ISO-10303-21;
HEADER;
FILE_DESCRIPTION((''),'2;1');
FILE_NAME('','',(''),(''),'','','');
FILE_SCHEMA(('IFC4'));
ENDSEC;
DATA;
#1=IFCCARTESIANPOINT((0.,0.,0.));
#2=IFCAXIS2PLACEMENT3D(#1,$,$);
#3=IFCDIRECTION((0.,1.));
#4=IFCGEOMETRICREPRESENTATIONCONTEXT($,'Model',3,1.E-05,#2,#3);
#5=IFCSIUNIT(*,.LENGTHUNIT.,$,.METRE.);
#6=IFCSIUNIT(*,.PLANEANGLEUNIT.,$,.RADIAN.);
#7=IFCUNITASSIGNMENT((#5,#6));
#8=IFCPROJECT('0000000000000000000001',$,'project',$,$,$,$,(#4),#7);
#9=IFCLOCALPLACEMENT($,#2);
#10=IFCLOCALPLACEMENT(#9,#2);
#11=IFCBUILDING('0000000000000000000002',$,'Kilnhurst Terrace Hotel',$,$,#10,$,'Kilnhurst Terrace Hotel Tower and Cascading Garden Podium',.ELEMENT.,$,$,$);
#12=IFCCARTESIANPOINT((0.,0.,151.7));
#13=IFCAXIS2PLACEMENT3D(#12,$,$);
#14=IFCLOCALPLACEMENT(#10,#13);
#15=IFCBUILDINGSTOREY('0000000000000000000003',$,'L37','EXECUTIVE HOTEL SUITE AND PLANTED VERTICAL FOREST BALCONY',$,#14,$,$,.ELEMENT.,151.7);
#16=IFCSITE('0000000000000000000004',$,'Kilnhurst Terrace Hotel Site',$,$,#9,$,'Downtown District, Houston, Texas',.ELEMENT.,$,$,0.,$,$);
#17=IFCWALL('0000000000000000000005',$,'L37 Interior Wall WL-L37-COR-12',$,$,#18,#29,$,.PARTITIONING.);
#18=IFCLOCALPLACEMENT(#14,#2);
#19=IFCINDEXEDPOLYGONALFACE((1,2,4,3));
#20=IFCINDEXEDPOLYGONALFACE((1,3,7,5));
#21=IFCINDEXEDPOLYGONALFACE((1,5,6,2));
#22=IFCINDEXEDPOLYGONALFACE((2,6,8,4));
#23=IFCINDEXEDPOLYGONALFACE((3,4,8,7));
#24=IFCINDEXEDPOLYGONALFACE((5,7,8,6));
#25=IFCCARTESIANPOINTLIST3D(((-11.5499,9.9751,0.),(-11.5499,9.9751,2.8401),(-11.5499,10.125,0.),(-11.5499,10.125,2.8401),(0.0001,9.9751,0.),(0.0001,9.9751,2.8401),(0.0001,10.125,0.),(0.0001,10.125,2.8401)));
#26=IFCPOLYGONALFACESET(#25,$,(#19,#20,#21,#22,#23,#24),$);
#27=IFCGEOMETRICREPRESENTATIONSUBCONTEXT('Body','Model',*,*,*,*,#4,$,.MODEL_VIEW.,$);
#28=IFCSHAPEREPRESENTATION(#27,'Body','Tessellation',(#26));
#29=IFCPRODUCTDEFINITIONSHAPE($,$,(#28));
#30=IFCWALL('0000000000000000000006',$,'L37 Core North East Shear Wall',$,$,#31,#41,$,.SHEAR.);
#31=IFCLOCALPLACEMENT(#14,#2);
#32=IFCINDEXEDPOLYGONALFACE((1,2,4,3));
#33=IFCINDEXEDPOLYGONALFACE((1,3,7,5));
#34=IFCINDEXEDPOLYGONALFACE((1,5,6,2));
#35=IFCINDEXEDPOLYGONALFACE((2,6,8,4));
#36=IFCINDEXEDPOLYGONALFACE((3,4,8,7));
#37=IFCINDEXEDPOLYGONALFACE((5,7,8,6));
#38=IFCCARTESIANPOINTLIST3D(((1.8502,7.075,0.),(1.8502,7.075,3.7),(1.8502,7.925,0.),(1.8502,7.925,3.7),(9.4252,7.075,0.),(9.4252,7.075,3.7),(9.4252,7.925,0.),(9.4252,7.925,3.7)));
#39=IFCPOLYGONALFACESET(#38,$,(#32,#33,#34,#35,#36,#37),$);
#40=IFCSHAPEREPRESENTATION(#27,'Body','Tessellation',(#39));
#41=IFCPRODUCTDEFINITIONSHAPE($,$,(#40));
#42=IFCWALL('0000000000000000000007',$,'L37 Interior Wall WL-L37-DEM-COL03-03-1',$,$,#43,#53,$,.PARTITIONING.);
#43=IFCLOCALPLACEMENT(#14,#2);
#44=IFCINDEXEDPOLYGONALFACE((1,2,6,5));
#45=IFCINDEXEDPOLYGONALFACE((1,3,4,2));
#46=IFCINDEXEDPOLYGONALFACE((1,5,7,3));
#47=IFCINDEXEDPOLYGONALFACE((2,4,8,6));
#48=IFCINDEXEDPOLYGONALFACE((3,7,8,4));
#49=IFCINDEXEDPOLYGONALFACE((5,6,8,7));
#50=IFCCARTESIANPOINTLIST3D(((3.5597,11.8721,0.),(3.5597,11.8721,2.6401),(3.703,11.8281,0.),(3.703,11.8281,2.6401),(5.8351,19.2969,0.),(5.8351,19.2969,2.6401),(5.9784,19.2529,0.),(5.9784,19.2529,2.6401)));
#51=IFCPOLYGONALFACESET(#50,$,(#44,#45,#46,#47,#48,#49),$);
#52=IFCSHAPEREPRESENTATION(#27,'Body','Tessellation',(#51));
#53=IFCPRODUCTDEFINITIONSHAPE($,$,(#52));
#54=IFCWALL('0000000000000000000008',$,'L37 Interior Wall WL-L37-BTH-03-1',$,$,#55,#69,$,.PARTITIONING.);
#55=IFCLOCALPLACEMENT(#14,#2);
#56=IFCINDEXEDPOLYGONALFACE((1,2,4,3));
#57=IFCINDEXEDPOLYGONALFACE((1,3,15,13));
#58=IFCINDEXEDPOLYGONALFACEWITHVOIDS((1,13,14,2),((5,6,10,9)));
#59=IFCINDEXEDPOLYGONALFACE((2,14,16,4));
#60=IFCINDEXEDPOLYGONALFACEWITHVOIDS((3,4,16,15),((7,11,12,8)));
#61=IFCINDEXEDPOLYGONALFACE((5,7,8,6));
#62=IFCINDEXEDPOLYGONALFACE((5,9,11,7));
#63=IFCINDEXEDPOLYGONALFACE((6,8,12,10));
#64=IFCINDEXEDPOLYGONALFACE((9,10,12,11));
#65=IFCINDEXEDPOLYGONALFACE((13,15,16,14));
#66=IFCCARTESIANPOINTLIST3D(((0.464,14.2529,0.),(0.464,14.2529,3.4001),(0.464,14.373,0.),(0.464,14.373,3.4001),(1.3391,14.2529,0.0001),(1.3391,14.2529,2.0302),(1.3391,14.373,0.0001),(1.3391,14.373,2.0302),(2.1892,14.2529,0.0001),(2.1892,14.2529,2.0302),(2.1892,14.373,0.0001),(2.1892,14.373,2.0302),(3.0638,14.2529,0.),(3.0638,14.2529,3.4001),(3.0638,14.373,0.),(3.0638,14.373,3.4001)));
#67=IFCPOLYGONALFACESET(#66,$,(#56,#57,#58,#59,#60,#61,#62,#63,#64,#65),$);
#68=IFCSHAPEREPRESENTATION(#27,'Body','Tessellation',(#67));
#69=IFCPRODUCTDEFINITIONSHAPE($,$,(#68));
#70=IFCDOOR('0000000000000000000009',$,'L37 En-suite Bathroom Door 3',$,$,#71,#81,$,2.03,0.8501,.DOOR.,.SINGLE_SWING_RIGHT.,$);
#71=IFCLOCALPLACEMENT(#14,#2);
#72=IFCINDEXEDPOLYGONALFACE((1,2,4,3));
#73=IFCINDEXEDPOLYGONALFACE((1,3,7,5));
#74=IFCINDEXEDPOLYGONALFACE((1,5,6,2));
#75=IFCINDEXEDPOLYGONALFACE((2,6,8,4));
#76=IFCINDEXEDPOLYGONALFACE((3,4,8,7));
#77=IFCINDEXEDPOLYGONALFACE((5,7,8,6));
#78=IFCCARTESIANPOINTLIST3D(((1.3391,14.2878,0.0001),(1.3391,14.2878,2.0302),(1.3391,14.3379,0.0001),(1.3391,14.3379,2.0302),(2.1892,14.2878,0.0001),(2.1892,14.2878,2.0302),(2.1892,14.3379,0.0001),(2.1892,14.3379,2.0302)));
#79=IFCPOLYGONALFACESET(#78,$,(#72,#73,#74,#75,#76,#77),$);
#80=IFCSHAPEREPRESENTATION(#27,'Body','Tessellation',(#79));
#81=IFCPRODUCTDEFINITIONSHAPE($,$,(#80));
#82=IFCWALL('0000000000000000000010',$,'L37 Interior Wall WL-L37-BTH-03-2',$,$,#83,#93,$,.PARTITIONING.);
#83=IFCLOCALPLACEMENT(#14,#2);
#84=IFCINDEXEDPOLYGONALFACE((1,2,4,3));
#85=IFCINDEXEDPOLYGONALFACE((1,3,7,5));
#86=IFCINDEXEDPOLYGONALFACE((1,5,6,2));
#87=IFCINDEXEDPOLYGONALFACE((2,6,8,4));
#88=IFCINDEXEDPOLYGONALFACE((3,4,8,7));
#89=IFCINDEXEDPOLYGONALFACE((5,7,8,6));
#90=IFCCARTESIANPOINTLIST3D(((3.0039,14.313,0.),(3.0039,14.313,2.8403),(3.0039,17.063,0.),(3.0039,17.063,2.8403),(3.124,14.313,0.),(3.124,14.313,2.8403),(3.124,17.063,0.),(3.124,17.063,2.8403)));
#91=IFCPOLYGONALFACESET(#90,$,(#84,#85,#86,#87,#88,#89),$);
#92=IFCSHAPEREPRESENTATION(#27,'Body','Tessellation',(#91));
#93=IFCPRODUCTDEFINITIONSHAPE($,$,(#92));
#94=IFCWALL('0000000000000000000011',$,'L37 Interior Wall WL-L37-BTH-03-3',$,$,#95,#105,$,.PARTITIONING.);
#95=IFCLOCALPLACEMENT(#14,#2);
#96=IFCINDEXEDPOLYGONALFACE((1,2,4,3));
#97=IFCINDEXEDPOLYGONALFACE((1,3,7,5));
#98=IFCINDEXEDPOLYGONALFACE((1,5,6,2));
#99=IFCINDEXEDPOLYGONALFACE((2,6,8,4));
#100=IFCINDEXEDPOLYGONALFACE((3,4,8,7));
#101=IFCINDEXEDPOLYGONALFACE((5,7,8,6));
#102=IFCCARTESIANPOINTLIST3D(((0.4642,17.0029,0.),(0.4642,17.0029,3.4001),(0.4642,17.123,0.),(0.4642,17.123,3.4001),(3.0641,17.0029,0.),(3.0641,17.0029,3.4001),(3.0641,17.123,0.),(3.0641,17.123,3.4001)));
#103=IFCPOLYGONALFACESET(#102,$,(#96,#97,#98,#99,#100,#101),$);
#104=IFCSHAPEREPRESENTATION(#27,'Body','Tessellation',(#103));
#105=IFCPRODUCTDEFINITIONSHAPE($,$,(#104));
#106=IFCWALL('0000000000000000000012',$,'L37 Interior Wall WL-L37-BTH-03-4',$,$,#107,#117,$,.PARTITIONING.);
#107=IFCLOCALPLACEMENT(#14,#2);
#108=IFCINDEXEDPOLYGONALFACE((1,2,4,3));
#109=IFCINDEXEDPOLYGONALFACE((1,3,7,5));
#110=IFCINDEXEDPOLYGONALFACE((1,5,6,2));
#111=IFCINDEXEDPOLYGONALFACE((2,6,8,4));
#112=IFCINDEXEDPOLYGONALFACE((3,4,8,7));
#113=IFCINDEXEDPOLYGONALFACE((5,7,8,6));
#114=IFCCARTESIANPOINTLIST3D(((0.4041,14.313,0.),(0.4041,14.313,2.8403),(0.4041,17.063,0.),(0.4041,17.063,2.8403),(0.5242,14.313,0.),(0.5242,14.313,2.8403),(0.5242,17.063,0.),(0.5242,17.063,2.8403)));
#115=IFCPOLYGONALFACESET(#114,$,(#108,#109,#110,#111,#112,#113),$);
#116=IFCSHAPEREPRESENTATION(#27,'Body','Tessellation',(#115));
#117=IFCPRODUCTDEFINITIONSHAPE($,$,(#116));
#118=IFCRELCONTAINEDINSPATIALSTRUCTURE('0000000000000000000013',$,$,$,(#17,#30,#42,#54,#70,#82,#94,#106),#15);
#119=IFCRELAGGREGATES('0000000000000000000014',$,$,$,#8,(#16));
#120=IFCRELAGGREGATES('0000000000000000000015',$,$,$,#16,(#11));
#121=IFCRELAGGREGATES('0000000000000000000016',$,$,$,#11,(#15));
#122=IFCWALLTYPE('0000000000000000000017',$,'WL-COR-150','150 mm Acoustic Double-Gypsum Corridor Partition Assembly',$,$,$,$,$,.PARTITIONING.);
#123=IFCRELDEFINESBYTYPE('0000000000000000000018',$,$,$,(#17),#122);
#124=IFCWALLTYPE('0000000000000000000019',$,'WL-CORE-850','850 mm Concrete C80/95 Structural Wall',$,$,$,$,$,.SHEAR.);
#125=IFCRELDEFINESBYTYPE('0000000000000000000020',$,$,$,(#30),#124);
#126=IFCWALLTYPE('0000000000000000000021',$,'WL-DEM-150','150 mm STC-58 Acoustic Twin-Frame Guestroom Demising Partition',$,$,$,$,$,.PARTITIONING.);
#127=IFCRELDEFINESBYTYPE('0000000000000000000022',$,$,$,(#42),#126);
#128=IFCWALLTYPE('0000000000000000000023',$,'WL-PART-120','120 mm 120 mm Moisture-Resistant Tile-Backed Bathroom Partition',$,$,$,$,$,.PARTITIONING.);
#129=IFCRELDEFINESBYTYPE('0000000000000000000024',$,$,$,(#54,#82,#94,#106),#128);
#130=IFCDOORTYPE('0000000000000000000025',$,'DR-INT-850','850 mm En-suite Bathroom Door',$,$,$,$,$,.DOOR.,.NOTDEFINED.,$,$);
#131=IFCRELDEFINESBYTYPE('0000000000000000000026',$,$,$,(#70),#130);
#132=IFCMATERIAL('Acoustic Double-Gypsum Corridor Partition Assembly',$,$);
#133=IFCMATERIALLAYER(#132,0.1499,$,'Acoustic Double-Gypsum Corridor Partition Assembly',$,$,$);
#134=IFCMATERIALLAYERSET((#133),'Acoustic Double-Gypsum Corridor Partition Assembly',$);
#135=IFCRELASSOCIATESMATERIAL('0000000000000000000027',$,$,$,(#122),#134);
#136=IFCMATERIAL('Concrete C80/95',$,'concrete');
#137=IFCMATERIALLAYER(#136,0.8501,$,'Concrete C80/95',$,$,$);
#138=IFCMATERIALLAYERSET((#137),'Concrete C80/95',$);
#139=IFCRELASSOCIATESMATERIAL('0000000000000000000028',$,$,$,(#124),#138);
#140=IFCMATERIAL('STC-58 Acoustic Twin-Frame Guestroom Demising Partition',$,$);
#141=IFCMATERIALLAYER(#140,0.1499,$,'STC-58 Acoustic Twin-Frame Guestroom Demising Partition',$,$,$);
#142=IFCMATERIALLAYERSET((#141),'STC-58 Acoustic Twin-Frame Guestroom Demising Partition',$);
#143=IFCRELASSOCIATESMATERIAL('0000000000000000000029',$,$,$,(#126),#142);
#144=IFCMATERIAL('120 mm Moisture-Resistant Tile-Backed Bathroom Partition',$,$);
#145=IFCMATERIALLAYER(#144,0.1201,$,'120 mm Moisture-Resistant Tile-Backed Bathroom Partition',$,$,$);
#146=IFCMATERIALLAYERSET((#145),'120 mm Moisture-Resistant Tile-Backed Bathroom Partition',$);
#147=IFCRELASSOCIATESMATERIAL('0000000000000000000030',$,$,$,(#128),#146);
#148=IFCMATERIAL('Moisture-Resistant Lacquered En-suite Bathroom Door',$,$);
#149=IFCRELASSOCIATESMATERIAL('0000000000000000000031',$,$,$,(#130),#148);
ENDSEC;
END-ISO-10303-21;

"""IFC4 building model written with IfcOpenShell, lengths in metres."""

from ifc_helpers import new_model, si_unit, direction, frame, frame_2d, origin, place, context, subcontext, project, spatial, rectangle, extrude, material, layer, layer_set, type_object, element, fill, save


model = new_model("IFC4")

# Units and contexts
model_context = context("Model", 3, precision=1e-05, world=origin(), true_north=direction((0.0, 1.0)))
body_context = subcontext(model_context, "Body", "Model", "MODEL_VIEW")
ifc_project = project(units=[si_unit("LENGTHUNIT", "METRE"), si_unit("PLANEANGLEUNIT", "RADIAN")], contexts=[model_context])

# Site, building, storey
site_placement = place(None, origin())
site = spatial("IfcSite", under=ifc_project, at=site_placement, Name="Kilnhurst Terrace Hotel Site", LongName="Downtown District, Houston, Texas", CompositionType="ELEMENT", RefElevation=0.0)
building_placement = place(site_placement, origin())
building = spatial("IfcBuilding", under=site, at=building_placement, Name="Kilnhurst Terrace Hotel", LongName="Kilnhurst Terrace Hotel Tower and Cascading Garden Podium", CompositionType="ELEMENT")
storey_placement = place(building_placement, frame((0.0, 0.0, 151.7)))
storey = spatial("IfcBuildingStorey", under=building, at=storey_placement, Name="L37", Description="EXECUTIVE HOTEL SUITE AND PLANTED VERTICAL FOREST BALCONY", CompositionType="ELEMENT", Elevation=151.7)

# Shared definitions
ifc_material_1 = material(Name="Concrete C80/95", Category="concrete")

# Shared definitions
ifc_material_2 = material(Name="Acoustic Double-Gypsum Corridor Partition Assembly")
ifc_layer_1 = layer(ifc_material_2, 0.1499, Name="Acoustic Double-Gypsum Corridor Partition Assembly")
ifc_layer_set_1 = layer_set([ifc_layer_1], Name="Acoustic Double-Gypsum Corridor Partition Assembly")
wall_type_1 = type_object("IfcWallType", Name="WL-COR-150", Description="150 mm Acoustic Double-Gypsum Corridor Partition Assembly", PredefinedType="PARTITIONING", material=ifc_layer_set_1)

# Walls
wall_1_placement = place(storey_placement, frame((0.0, 10.05, 0.0), z_axis=(0.0, 0.0, 1.0), x_axis=(-1.0, 0.0, 0.0)))
element("IfcWall", 1, at=wall_1_placement, inside=storey, type_object=wall_type_1, Name="L37 Interior Wall WL-L37-COR-12", PredefinedType="PARTITIONING", context=body_context, shape_type="SweptSolid", body=[
    extrude(rectangle(XDim=11.55, YDim=0.1499, at=frame_2d((5.7749, 0.0))), origin(), (0.0, 0.0, 1.0), 2.8401),
])
ifc_layer_2 = layer(ifc_material_1, 0.8501, Name="Concrete C80/95")
ifc_layer_set_2 = layer_set([ifc_layer_2], Name="Concrete C80/95")
wall_type_2 = type_object("IfcWallType", Name="WL-CORE-850", Description="850 mm Concrete C80/95 Structural Wall", PredefinedType="SHEAR", material=ifc_layer_set_2)
wall_2_placement = place(storey_placement, frame((1.8501, 7.5, 0.0), z_axis=(0.0, 0.0, 1.0), x_axis=(1.0, 0.0, 0.0)))
element("IfcWall", 2, at=wall_2_placement, inside=storey, type_object=wall_type_2, Name="L37 Core North East Shear Wall", PredefinedType="SHEAR", context=body_context, shape_type="SweptSolid", body=[
    extrude(rectangle(XDim=7.575, YDim=0.8501, at=frame_2d((3.7876, 0.0))), origin(), (0.0, 0.0, 1.0), 3.7),
])
ifc_material_3 = material(Name="STC-58 Acoustic Twin-Frame Guestroom Demising Partition")
ifc_layer_3 = layer(ifc_material_3, 0.1499, Name="STC-58 Acoustic Twin-Frame Guestroom Demising Partition")
ifc_layer_set_3 = layer_set([ifc_layer_3], Name="STC-58 Acoustic Twin-Frame Guestroom Demising Partition")
wall_type_3 = type_object("IfcWallType", Name="WL-DEM-150", Description="150 mm STC-58 Acoustic Twin-Frame Guestroom Demising Partition", PredefinedType="PARTITIONING", material=ifc_layer_set_3)
wall_3_placement = place(storey_placement, frame((3.6313, 11.8501, 0.0), z_axis=(0.0, 0.0, 1.0), x_axis=(0.293008, 0.95611, 0.0)))
element("IfcWall", 3, at=wall_3_placement, inside=storey, type_object=wall_type_3, Name="L37 Interior Wall WL-L37-DEM-COL03-03-1", PredefinedType="PARTITIONING", context=body_context, shape_type="SweptSolid", body=[
    extrude(rectangle(XDim=7.7656, YDim=0.1499, at=frame_2d((3.8828, 0.0))), origin(), (0.0, 0.0, 1.0), 2.6401),
])

# Wall, opening, door
ifc_material_4 = material(Name="120 mm Moisture-Resistant Tile-Backed Bathroom Partition")
ifc_layer_4 = layer(ifc_material_4, 0.1201, Name="120 mm Moisture-Resistant Tile-Backed Bathroom Partition")
ifc_layer_set_4 = layer_set([ifc_layer_4], Name="120 mm Moisture-Resistant Tile-Backed Bathroom Partition")
wall_type_4 = type_object("IfcWallType", Name="WL-PART-120", Description="120 mm 120 mm Moisture-Resistant Tile-Backed Bathroom Partition", PredefinedType="PARTITIONING", material=ifc_layer_set_4)
wall_4_placement = place(storey_placement, frame((0.4641, 14.313, 0.0), z_axis=(0.0, 0.0, 1.0), x_axis=(1.0, 0.0, 0.0)))
wall_4 = element("IfcWall", 4, at=wall_4_placement, inside=storey, type_object=wall_type_4, Name="L37 Interior Wall WL-L37-BTH-03-1", PredefinedType="PARTITIONING", context=body_context, shape_type="SweptSolid", body=[
    extrude(rectangle(XDim=2.5999, YDim=0.1201, at=frame_2d((1.2998, 0.0))), origin(), (0.0, 0.0, 1.0), 3.4001),
])
opening_1_placement = place(wall_4_placement, frame((0.875, 0.0, 0.0)))
opening_1 = element("IfcOpeningElement", 5, at=opening_1_placement, cuts=wall_4, PredefinedType="OPENING", context=body_context, shape_type="SweptSolid", body=[
    extrude(rectangle(XDim=0.8501, YDim=2.03, at=frame_2d((0.425, 1.0151))), frame((0.0, 0.0701, 0.0), z_axis=(0.0, -1.0, 0.0), x_axis=(1.0, 0.0, 0.0)), (0.0, 0.0, 1.0), 0.1401),
])
ifc_material_5 = material(Name="Moisture-Resistant Lacquered En-suite Bathroom Door")
door_type_1 = type_object("IfcDoorType", Name="DR-INT-850", Description="850 mm En-suite Bathroom Door", OperationType="NOTDEFINED", PredefinedType="DOOR", material=ifc_material_5)
door_1_placement = place(opening_1_placement, origin())
door_1 = element("IfcDoor", 6, at=door_1_placement, inside=storey, type_object=door_type_1, Name="L37 En-suite Bathroom Door 3", OperationType="SINGLE_SWING_RIGHT", OverallHeight=2.03, OverallWidth=0.8501, PredefinedType="DOOR", context=body_context, shape_type="SweptSolid", body=[
    extrude(rectangle(XDim=0.8501, YDim=2.03, at=frame_2d((0.425, 1.0151))), frame((0.0, 0.0249, 0.0), z_axis=(0.0, -1.0, 0.0), x_axis=(1.0, 0.0, 0.0)), (0.0, 0.0, 1.0), 0.05),
])
fill(opening_1, door_1)

# Walls
wall_5_placement = place(storey_placement, frame((3.064, 14.313, 0.0), z_axis=(0.0, 0.0, 1.0), x_axis=(0.0, 1.0, 0.0)))
element("IfcWall", 7, at=wall_5_placement, inside=storey, type_object=wall_type_4, Name="L37 Interior Wall WL-L37-BTH-03-2", PredefinedType="PARTITIONING", context=body_context, shape_type="SweptSolid", body=[
    extrude(rectangle(XDim=2.75, YDim=0.1201, at=frame_2d((1.375, 0.0))), origin(), (0.0, 0.0, 1.0), 2.8403),
])
wall_6_placement = place(storey_placement, frame((3.064, 17.063, 0.0), z_axis=(0.0, 0.0, 1.0), x_axis=(-1.0, 0.0, 0.0)))
element("IfcWall", 8, at=wall_6_placement, inside=storey, type_object=wall_type_4, Name="L37 Interior Wall WL-L37-BTH-03-3", PredefinedType="PARTITIONING", context=body_context, shape_type="SweptSolid", body=[
    extrude(rectangle(XDim=2.5999, YDim=0.1201, at=frame_2d((1.2998, 0.0))), origin(), (0.0, 0.0, 1.0), 3.4001),
])
wall_7_placement = place(storey_placement, frame((0.4641, 17.063, 0.0), z_axis=(0.0, 0.0, 1.0), x_axis=(0.0, -1.0, 0.0)))
element("IfcWall", 9, at=wall_7_placement, inside=storey, type_object=wall_type_4, Name="L37 Interior Wall WL-L37-BTH-03-4", PredefinedType="PARTITIONING", context=body_context, shape_type="SweptSolid", body=[
    extrude(rectangle(XDim=2.75, YDim=0.1201, at=frame_2d((1.375, 0.0))), origin(), (0.0, 0.0, 1.0), 2.8403),
])

save(model, "model.ifc")
